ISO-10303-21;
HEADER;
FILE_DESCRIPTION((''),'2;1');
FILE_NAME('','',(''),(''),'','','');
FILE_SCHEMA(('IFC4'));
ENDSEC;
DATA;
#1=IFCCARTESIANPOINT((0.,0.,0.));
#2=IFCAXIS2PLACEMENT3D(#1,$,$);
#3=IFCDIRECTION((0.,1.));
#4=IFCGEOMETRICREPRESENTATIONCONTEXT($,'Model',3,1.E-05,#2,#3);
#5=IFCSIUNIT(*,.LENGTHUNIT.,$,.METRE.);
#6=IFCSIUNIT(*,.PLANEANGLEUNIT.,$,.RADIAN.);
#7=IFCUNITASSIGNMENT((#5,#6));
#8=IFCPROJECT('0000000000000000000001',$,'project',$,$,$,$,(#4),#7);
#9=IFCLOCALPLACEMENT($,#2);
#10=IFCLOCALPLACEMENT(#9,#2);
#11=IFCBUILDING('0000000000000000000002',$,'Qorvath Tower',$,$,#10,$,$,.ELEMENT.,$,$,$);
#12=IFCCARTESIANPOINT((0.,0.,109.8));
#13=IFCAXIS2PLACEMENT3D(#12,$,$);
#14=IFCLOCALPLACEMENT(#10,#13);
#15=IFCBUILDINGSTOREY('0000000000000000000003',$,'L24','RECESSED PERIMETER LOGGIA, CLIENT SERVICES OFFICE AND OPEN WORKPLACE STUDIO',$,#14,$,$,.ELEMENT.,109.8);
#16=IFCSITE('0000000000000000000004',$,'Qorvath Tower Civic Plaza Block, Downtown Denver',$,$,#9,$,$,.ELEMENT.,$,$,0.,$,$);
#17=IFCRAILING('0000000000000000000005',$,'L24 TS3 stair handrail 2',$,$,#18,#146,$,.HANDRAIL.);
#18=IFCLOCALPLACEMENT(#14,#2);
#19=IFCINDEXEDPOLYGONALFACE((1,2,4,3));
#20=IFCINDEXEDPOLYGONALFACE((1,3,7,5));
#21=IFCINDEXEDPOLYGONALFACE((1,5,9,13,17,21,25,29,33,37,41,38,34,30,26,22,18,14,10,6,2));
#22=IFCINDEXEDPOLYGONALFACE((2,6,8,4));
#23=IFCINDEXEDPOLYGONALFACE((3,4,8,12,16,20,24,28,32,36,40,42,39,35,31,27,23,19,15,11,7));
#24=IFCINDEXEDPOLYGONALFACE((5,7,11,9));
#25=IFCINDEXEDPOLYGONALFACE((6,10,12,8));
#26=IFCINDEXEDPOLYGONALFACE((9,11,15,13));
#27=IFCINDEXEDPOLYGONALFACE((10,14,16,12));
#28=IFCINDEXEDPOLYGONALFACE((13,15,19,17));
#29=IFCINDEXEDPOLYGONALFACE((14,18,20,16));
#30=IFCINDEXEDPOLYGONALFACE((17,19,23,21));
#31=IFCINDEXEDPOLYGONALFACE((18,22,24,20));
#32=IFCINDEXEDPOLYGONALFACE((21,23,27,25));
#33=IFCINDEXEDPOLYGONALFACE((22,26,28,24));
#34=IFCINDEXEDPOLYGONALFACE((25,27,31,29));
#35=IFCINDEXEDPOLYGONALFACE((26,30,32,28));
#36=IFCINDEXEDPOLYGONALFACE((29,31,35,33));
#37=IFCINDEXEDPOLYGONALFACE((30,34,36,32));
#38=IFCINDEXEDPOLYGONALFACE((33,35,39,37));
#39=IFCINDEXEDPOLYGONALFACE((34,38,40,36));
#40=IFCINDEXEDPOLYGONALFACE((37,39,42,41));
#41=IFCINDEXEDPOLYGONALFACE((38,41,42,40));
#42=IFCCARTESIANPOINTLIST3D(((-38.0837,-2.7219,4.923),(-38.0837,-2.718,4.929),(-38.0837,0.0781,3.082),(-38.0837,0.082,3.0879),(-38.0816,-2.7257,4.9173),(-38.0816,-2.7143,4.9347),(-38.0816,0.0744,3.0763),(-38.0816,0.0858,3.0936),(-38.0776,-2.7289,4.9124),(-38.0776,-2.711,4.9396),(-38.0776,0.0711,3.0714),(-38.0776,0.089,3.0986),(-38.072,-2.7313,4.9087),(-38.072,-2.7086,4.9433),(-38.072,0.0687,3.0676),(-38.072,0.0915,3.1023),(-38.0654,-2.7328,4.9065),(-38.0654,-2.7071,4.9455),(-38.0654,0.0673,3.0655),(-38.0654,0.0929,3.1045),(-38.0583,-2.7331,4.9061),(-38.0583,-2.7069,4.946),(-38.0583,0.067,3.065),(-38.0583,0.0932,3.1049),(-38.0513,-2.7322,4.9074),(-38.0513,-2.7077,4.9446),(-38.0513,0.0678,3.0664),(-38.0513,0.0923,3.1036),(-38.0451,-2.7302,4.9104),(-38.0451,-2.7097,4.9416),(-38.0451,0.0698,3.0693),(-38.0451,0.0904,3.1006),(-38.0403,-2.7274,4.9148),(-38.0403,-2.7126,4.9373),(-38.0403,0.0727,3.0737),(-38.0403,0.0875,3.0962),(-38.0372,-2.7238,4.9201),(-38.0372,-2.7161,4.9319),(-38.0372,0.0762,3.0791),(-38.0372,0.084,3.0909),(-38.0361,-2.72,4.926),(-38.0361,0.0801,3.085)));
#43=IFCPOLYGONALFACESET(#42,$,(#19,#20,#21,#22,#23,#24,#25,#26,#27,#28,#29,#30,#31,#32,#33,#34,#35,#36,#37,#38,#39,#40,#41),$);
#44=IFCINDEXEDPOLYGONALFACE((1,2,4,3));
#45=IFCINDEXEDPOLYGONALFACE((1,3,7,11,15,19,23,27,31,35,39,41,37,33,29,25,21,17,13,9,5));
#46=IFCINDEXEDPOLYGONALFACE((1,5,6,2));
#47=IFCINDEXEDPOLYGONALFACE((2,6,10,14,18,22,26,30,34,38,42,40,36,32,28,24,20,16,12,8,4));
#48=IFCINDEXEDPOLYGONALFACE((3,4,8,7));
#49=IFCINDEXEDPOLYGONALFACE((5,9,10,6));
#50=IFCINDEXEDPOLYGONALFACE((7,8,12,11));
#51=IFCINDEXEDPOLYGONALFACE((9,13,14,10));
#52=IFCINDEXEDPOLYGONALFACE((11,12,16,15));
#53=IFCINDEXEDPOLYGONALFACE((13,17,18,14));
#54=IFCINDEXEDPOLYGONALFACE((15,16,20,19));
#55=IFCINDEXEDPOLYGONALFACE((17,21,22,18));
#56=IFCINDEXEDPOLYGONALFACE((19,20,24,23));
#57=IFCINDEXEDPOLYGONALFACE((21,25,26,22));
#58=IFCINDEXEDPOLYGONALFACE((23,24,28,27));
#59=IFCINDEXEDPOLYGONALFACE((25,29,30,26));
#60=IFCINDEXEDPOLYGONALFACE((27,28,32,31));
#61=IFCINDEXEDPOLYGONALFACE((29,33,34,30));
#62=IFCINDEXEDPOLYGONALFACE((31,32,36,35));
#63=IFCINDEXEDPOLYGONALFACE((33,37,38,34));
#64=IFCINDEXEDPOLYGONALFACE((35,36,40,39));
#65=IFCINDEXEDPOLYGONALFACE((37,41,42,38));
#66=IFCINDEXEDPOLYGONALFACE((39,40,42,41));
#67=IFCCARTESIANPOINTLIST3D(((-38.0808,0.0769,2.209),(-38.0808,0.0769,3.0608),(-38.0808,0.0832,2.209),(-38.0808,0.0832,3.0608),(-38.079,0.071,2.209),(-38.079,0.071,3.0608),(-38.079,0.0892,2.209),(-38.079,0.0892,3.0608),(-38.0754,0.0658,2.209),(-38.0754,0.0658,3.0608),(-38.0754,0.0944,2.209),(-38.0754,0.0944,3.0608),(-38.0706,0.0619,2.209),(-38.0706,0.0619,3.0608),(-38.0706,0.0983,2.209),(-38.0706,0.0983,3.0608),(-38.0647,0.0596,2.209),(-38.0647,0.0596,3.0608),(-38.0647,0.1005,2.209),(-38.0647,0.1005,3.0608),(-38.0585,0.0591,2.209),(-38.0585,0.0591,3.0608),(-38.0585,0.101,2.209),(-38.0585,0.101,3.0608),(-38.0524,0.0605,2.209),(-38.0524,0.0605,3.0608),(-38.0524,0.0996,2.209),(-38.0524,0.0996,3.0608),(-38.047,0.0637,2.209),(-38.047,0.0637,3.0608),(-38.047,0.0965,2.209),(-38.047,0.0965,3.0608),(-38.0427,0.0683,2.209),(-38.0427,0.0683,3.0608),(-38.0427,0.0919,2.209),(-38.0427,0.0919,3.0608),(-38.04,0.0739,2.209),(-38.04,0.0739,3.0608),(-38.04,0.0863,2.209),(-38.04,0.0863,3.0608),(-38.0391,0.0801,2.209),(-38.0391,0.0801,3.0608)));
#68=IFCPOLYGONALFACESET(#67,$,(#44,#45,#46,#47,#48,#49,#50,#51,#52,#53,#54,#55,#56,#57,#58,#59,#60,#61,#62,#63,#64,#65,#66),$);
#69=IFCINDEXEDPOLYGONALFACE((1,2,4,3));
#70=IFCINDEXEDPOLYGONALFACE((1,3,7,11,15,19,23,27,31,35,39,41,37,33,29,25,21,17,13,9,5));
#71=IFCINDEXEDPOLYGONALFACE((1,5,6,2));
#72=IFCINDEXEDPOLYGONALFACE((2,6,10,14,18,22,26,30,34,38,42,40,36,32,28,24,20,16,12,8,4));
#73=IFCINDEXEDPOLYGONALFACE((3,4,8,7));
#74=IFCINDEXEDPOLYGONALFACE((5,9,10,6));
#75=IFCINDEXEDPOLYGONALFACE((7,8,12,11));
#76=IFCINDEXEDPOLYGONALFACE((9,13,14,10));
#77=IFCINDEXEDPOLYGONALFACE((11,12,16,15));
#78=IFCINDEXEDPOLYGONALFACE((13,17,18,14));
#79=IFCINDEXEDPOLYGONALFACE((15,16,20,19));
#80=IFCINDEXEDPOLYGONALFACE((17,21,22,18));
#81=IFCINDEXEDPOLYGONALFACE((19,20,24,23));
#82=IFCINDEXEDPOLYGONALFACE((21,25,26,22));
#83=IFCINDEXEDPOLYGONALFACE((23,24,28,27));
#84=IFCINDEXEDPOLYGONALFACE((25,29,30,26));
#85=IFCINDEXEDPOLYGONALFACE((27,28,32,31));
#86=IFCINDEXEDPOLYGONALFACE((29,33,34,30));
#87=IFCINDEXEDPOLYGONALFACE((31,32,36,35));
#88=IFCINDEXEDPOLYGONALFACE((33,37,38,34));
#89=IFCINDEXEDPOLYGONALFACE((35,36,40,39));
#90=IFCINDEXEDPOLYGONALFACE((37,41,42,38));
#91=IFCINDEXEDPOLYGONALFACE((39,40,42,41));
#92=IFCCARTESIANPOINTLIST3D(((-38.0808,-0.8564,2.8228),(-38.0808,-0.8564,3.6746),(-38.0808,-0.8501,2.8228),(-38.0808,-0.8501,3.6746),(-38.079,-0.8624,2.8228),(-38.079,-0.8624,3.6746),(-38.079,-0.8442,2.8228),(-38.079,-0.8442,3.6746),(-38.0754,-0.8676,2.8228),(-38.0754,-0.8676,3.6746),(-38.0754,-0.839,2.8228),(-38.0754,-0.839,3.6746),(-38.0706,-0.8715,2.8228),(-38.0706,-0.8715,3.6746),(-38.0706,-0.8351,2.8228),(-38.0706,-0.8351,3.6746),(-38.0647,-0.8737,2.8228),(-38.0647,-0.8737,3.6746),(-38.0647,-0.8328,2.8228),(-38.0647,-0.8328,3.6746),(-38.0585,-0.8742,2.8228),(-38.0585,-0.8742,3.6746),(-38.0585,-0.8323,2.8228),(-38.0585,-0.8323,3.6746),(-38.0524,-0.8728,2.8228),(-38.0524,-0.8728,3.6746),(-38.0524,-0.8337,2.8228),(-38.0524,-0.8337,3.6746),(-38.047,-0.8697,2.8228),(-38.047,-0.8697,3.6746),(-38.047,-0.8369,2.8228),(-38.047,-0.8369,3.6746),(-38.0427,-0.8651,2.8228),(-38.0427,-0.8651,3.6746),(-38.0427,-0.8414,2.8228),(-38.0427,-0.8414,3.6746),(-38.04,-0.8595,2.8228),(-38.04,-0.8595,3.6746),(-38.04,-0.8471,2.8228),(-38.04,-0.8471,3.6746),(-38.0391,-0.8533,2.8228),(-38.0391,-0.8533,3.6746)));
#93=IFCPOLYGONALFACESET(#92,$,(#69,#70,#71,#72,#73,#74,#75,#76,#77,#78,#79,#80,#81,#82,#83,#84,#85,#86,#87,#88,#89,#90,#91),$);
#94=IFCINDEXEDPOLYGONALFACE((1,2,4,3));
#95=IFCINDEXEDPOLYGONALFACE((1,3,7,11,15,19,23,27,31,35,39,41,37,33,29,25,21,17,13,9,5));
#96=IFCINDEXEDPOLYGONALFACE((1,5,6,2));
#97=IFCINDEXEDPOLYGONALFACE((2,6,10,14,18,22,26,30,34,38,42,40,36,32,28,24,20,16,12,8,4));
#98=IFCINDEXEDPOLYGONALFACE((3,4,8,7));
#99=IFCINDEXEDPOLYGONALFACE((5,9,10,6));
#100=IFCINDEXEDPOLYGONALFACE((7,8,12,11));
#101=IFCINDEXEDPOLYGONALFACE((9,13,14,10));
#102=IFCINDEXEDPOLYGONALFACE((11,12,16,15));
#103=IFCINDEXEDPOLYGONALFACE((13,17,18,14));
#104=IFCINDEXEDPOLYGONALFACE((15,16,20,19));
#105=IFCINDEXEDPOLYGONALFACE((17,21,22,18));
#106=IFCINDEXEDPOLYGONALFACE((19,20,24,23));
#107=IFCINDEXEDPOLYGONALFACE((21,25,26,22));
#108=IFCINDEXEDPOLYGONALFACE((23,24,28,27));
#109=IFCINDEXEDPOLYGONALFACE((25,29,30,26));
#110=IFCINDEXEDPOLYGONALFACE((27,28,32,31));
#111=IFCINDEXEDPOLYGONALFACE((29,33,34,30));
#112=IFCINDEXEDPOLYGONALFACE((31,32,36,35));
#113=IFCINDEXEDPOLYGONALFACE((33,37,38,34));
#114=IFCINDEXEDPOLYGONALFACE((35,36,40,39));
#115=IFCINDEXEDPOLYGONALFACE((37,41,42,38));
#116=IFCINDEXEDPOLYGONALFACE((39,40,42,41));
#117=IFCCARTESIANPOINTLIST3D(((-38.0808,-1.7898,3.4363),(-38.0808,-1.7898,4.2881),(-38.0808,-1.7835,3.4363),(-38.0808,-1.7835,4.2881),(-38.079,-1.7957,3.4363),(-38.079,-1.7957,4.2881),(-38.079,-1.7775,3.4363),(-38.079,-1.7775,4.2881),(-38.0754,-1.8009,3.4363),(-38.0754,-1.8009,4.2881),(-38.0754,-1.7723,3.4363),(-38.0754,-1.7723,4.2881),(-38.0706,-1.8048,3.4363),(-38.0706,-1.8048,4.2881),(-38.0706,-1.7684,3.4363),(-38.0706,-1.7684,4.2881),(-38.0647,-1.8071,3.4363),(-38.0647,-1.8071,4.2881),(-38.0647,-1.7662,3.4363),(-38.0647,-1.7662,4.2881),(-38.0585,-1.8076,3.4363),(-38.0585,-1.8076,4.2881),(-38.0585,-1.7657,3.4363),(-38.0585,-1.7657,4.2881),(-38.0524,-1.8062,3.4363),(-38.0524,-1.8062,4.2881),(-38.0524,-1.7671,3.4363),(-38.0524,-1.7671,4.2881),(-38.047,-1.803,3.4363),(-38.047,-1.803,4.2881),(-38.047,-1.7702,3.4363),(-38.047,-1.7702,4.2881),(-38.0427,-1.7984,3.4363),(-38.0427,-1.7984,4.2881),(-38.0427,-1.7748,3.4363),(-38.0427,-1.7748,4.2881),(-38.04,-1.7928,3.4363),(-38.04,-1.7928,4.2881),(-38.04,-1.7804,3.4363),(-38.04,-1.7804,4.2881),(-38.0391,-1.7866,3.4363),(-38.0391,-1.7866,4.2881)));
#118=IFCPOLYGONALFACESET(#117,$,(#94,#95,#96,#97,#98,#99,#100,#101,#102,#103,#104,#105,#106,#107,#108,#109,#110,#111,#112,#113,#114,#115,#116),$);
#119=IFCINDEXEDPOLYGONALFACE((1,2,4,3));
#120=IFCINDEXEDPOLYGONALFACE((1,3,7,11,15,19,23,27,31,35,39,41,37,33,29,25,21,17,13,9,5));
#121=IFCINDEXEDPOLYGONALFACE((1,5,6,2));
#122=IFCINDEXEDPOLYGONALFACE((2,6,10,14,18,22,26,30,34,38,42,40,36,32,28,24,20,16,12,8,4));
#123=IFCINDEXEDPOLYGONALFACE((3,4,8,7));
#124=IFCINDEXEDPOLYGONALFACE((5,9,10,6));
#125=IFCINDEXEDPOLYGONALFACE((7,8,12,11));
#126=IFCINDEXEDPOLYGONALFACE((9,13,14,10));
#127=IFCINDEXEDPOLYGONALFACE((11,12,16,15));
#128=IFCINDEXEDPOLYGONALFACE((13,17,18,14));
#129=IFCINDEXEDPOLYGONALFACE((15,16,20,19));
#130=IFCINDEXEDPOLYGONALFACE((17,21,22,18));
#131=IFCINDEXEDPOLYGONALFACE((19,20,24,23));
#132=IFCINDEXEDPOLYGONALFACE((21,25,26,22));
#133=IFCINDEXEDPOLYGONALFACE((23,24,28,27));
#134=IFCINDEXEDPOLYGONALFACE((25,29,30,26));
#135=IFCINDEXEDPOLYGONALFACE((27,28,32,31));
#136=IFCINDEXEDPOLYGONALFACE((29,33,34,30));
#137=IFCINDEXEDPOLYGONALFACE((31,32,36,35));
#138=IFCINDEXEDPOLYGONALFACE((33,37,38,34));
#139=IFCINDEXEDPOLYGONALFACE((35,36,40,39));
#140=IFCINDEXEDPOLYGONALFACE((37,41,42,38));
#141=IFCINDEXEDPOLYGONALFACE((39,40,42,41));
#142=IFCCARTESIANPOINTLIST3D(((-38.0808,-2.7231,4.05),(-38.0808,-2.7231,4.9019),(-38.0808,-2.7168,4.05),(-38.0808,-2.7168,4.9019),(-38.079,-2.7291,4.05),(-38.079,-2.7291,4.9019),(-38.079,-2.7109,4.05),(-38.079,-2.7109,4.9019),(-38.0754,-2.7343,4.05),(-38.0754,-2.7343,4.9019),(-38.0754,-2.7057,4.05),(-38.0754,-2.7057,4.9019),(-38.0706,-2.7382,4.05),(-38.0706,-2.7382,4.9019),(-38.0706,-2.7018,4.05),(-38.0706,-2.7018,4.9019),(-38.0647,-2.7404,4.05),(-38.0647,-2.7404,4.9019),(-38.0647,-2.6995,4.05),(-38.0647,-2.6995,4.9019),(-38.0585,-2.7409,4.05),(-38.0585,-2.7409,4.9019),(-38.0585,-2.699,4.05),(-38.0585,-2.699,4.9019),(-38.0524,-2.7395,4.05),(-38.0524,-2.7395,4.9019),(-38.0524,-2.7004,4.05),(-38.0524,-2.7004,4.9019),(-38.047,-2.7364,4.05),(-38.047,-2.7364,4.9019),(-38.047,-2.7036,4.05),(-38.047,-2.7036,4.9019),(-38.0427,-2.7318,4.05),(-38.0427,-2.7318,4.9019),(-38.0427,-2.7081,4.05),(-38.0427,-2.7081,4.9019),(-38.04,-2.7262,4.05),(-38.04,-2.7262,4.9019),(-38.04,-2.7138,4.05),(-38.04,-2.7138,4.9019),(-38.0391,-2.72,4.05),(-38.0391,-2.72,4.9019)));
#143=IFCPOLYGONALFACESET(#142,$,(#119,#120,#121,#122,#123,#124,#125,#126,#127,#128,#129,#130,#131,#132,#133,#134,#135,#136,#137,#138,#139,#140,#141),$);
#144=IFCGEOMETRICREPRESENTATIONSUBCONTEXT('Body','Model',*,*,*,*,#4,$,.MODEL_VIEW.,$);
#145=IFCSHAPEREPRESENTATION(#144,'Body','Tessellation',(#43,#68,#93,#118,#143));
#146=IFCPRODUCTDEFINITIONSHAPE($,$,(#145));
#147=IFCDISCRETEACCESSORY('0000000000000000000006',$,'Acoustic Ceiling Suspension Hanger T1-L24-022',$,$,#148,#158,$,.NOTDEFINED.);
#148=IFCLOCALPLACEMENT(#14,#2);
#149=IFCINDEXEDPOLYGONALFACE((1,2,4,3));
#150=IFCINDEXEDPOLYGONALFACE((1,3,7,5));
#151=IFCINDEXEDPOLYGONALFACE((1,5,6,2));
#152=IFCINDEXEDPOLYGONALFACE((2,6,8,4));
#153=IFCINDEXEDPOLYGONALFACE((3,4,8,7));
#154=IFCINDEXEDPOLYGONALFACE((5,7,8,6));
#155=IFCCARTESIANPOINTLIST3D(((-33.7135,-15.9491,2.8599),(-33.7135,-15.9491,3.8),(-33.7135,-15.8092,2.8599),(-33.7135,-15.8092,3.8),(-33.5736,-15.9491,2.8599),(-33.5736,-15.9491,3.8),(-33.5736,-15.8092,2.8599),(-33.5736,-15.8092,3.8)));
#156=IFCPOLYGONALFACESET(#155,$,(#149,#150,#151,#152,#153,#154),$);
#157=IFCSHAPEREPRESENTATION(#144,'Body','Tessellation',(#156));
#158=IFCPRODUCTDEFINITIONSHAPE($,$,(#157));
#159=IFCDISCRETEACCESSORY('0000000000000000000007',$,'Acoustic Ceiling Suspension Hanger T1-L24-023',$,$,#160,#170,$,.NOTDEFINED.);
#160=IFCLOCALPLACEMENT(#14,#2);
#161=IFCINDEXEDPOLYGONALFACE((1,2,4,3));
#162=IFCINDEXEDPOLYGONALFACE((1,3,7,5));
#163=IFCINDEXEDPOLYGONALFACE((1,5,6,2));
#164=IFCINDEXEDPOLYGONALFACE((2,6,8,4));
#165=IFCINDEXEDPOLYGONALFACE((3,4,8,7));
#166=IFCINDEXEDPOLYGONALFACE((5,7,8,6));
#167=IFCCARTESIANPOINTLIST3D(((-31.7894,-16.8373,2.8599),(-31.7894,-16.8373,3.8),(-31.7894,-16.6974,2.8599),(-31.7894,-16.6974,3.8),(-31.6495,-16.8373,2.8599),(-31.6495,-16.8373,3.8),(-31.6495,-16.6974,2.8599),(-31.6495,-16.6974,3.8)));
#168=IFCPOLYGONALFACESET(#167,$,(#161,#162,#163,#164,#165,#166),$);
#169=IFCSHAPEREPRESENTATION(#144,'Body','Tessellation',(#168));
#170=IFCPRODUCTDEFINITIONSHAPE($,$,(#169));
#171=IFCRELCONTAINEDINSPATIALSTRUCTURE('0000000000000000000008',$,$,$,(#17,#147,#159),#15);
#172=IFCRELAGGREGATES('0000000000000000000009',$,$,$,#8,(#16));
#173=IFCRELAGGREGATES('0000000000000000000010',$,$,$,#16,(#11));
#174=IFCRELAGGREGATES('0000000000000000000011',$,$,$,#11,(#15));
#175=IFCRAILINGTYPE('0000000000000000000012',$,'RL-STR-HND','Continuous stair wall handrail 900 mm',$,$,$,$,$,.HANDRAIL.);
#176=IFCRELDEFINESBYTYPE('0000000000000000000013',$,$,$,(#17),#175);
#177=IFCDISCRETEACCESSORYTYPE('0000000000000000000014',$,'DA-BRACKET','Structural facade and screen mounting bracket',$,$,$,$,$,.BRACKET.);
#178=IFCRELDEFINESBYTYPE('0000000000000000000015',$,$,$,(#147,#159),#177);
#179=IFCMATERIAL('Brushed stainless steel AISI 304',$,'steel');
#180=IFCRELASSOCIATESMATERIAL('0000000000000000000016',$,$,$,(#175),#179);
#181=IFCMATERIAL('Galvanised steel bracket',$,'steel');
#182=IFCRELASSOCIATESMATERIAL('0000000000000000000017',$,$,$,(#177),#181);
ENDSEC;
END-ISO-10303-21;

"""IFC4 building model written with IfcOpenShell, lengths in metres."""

from ifc_helpers import new_model, si_unit, direction, frame, origin, origin_2d, place, context, subcontext, project, spatial, rectangle, circle, extrude, material, type_object, element, save


model = new_model("IFC4")

# Units and contexts
model_context = context("Model", 3, precision=1e-05, world=origin(), true_north=direction((0.0, 1.0)))
body_context = subcontext(model_context, "Body", "Model", "MODEL_VIEW")
ifc_project = project(units=[si_unit("LENGTHUNIT", "METRE"), si_unit("PLANEANGLEUNIT", "RADIAN")], contexts=[model_context])

# Site, building, storey
site_placement = place(None, origin())
site = spatial("IfcSite", under=ifc_project, at=site_placement, Name="Qorvath Tower Civic Plaza Block, Downtown Denver", CompositionType="ELEMENT", RefElevation=0.0)
building_placement = place(site_placement, origin())
building = spatial("IfcBuilding", under=site, at=building_placement, Name="Qorvath Tower", CompositionType="ELEMENT")
storey_placement = place(building_placement, frame((0.0, 0.0, 109.8)))
storey = spatial("IfcBuildingStorey", under=building, at=storey_placement, Name="L24", Description="RECESSED PERIMETER LOGGIA, CLIENT SERVICES OFFICE AND OPEN WORKPLACE STUDIO", CompositionType="ELEMENT", Elevation=109.8)

# Railing
ifc_material_1 = material(Name="Brushed stainless steel AISI 304", Category="steel")
railing_type_1 = type_object("IfcRailingType", Name="RL-STR-HND", Description="Continuous stair wall handrail 900 mm", PredefinedType="HANDRAIL", material=ifc_material_1)
railing_1_placement = place(storey_placement, frame((-38.0601, 0.0801, 2.209)))
element("IfcRailing", 1, at=railing_1_placement, inside=storey, type_object=railing_type_1, Name="L24 TS3 stair handrail 2", PredefinedType="HANDRAIL", context=body_context, shape_type="SweptSolid", body=[
    extrude(circle(Radius=0.0239, at=origin_2d()), frame((0.0, 0.0, 0.876), z_axis=(0.0, -0.835564, 0.549393), x_axis=(1.0, 0.0, 0.0)), (0.0, 0.0, 1.0), 3.3511),
    extrude(circle(Radius=0.021, at=origin_2d()), origin(), (0.0, 0.0, 1.0), 0.8518),
    extrude(circle(Radius=0.021, at=origin_2d()), frame((0.0, -0.9333, 0.6138)), (0.0, 0.0, 1.0), 0.8518),
    extrude(circle(Radius=0.021, at=origin_2d()), frame((0.0, -1.8667, 1.2273)), (0.0, 0.0, 1.0), 0.8518),
    extrude(circle(Radius=0.021, at=origin_2d()), frame((0.0, -2.8, 1.8411)), (0.0, 0.0, 1.0), 0.8518),
])

# Discrete accessories
ifc_material_2 = material(Name="Galvanised steel bracket", Category="steel")
discrete_accessory_type = type_object("IfcDiscreteAccessoryType", Name="DA-BRACKET", Description="Structural facade and screen mounting bracket", PredefinedType="BRACKET", material=ifc_material_2)
for number, where, z_axis, x_axis, name in (
    (2, (-33.6436, -15.8792, 2.8599), (0.0, 0.0, 1.0), (1.0, 0.0, 0.0), "Acoustic Ceiling Suspension Hanger T1-L24-022"),
    (3, (-31.7195, -16.7673, 2.8599), (0.0, 0.0, 1.0), (1.0, 0.0, 0.0), "Acoustic Ceiling Suspension Hanger T1-L24-023"),
):
    element("IfcDiscreteAccessory", number, at=place(storey_placement, frame(where, z_axis=z_axis, x_axis=x_axis)), inside=storey, type_object=discrete_accessory_type, Name=name, PredefinedType="NOTDEFINED", context=body_context, shape_type="SweptSolid", body=[
        extrude(rectangle(XDim=0.1399, YDim=0.1399, at=origin_2d()), origin(), (0.0, 0.0, 1.0), 0.9402),
    ])

save(model, "model.ifc")
